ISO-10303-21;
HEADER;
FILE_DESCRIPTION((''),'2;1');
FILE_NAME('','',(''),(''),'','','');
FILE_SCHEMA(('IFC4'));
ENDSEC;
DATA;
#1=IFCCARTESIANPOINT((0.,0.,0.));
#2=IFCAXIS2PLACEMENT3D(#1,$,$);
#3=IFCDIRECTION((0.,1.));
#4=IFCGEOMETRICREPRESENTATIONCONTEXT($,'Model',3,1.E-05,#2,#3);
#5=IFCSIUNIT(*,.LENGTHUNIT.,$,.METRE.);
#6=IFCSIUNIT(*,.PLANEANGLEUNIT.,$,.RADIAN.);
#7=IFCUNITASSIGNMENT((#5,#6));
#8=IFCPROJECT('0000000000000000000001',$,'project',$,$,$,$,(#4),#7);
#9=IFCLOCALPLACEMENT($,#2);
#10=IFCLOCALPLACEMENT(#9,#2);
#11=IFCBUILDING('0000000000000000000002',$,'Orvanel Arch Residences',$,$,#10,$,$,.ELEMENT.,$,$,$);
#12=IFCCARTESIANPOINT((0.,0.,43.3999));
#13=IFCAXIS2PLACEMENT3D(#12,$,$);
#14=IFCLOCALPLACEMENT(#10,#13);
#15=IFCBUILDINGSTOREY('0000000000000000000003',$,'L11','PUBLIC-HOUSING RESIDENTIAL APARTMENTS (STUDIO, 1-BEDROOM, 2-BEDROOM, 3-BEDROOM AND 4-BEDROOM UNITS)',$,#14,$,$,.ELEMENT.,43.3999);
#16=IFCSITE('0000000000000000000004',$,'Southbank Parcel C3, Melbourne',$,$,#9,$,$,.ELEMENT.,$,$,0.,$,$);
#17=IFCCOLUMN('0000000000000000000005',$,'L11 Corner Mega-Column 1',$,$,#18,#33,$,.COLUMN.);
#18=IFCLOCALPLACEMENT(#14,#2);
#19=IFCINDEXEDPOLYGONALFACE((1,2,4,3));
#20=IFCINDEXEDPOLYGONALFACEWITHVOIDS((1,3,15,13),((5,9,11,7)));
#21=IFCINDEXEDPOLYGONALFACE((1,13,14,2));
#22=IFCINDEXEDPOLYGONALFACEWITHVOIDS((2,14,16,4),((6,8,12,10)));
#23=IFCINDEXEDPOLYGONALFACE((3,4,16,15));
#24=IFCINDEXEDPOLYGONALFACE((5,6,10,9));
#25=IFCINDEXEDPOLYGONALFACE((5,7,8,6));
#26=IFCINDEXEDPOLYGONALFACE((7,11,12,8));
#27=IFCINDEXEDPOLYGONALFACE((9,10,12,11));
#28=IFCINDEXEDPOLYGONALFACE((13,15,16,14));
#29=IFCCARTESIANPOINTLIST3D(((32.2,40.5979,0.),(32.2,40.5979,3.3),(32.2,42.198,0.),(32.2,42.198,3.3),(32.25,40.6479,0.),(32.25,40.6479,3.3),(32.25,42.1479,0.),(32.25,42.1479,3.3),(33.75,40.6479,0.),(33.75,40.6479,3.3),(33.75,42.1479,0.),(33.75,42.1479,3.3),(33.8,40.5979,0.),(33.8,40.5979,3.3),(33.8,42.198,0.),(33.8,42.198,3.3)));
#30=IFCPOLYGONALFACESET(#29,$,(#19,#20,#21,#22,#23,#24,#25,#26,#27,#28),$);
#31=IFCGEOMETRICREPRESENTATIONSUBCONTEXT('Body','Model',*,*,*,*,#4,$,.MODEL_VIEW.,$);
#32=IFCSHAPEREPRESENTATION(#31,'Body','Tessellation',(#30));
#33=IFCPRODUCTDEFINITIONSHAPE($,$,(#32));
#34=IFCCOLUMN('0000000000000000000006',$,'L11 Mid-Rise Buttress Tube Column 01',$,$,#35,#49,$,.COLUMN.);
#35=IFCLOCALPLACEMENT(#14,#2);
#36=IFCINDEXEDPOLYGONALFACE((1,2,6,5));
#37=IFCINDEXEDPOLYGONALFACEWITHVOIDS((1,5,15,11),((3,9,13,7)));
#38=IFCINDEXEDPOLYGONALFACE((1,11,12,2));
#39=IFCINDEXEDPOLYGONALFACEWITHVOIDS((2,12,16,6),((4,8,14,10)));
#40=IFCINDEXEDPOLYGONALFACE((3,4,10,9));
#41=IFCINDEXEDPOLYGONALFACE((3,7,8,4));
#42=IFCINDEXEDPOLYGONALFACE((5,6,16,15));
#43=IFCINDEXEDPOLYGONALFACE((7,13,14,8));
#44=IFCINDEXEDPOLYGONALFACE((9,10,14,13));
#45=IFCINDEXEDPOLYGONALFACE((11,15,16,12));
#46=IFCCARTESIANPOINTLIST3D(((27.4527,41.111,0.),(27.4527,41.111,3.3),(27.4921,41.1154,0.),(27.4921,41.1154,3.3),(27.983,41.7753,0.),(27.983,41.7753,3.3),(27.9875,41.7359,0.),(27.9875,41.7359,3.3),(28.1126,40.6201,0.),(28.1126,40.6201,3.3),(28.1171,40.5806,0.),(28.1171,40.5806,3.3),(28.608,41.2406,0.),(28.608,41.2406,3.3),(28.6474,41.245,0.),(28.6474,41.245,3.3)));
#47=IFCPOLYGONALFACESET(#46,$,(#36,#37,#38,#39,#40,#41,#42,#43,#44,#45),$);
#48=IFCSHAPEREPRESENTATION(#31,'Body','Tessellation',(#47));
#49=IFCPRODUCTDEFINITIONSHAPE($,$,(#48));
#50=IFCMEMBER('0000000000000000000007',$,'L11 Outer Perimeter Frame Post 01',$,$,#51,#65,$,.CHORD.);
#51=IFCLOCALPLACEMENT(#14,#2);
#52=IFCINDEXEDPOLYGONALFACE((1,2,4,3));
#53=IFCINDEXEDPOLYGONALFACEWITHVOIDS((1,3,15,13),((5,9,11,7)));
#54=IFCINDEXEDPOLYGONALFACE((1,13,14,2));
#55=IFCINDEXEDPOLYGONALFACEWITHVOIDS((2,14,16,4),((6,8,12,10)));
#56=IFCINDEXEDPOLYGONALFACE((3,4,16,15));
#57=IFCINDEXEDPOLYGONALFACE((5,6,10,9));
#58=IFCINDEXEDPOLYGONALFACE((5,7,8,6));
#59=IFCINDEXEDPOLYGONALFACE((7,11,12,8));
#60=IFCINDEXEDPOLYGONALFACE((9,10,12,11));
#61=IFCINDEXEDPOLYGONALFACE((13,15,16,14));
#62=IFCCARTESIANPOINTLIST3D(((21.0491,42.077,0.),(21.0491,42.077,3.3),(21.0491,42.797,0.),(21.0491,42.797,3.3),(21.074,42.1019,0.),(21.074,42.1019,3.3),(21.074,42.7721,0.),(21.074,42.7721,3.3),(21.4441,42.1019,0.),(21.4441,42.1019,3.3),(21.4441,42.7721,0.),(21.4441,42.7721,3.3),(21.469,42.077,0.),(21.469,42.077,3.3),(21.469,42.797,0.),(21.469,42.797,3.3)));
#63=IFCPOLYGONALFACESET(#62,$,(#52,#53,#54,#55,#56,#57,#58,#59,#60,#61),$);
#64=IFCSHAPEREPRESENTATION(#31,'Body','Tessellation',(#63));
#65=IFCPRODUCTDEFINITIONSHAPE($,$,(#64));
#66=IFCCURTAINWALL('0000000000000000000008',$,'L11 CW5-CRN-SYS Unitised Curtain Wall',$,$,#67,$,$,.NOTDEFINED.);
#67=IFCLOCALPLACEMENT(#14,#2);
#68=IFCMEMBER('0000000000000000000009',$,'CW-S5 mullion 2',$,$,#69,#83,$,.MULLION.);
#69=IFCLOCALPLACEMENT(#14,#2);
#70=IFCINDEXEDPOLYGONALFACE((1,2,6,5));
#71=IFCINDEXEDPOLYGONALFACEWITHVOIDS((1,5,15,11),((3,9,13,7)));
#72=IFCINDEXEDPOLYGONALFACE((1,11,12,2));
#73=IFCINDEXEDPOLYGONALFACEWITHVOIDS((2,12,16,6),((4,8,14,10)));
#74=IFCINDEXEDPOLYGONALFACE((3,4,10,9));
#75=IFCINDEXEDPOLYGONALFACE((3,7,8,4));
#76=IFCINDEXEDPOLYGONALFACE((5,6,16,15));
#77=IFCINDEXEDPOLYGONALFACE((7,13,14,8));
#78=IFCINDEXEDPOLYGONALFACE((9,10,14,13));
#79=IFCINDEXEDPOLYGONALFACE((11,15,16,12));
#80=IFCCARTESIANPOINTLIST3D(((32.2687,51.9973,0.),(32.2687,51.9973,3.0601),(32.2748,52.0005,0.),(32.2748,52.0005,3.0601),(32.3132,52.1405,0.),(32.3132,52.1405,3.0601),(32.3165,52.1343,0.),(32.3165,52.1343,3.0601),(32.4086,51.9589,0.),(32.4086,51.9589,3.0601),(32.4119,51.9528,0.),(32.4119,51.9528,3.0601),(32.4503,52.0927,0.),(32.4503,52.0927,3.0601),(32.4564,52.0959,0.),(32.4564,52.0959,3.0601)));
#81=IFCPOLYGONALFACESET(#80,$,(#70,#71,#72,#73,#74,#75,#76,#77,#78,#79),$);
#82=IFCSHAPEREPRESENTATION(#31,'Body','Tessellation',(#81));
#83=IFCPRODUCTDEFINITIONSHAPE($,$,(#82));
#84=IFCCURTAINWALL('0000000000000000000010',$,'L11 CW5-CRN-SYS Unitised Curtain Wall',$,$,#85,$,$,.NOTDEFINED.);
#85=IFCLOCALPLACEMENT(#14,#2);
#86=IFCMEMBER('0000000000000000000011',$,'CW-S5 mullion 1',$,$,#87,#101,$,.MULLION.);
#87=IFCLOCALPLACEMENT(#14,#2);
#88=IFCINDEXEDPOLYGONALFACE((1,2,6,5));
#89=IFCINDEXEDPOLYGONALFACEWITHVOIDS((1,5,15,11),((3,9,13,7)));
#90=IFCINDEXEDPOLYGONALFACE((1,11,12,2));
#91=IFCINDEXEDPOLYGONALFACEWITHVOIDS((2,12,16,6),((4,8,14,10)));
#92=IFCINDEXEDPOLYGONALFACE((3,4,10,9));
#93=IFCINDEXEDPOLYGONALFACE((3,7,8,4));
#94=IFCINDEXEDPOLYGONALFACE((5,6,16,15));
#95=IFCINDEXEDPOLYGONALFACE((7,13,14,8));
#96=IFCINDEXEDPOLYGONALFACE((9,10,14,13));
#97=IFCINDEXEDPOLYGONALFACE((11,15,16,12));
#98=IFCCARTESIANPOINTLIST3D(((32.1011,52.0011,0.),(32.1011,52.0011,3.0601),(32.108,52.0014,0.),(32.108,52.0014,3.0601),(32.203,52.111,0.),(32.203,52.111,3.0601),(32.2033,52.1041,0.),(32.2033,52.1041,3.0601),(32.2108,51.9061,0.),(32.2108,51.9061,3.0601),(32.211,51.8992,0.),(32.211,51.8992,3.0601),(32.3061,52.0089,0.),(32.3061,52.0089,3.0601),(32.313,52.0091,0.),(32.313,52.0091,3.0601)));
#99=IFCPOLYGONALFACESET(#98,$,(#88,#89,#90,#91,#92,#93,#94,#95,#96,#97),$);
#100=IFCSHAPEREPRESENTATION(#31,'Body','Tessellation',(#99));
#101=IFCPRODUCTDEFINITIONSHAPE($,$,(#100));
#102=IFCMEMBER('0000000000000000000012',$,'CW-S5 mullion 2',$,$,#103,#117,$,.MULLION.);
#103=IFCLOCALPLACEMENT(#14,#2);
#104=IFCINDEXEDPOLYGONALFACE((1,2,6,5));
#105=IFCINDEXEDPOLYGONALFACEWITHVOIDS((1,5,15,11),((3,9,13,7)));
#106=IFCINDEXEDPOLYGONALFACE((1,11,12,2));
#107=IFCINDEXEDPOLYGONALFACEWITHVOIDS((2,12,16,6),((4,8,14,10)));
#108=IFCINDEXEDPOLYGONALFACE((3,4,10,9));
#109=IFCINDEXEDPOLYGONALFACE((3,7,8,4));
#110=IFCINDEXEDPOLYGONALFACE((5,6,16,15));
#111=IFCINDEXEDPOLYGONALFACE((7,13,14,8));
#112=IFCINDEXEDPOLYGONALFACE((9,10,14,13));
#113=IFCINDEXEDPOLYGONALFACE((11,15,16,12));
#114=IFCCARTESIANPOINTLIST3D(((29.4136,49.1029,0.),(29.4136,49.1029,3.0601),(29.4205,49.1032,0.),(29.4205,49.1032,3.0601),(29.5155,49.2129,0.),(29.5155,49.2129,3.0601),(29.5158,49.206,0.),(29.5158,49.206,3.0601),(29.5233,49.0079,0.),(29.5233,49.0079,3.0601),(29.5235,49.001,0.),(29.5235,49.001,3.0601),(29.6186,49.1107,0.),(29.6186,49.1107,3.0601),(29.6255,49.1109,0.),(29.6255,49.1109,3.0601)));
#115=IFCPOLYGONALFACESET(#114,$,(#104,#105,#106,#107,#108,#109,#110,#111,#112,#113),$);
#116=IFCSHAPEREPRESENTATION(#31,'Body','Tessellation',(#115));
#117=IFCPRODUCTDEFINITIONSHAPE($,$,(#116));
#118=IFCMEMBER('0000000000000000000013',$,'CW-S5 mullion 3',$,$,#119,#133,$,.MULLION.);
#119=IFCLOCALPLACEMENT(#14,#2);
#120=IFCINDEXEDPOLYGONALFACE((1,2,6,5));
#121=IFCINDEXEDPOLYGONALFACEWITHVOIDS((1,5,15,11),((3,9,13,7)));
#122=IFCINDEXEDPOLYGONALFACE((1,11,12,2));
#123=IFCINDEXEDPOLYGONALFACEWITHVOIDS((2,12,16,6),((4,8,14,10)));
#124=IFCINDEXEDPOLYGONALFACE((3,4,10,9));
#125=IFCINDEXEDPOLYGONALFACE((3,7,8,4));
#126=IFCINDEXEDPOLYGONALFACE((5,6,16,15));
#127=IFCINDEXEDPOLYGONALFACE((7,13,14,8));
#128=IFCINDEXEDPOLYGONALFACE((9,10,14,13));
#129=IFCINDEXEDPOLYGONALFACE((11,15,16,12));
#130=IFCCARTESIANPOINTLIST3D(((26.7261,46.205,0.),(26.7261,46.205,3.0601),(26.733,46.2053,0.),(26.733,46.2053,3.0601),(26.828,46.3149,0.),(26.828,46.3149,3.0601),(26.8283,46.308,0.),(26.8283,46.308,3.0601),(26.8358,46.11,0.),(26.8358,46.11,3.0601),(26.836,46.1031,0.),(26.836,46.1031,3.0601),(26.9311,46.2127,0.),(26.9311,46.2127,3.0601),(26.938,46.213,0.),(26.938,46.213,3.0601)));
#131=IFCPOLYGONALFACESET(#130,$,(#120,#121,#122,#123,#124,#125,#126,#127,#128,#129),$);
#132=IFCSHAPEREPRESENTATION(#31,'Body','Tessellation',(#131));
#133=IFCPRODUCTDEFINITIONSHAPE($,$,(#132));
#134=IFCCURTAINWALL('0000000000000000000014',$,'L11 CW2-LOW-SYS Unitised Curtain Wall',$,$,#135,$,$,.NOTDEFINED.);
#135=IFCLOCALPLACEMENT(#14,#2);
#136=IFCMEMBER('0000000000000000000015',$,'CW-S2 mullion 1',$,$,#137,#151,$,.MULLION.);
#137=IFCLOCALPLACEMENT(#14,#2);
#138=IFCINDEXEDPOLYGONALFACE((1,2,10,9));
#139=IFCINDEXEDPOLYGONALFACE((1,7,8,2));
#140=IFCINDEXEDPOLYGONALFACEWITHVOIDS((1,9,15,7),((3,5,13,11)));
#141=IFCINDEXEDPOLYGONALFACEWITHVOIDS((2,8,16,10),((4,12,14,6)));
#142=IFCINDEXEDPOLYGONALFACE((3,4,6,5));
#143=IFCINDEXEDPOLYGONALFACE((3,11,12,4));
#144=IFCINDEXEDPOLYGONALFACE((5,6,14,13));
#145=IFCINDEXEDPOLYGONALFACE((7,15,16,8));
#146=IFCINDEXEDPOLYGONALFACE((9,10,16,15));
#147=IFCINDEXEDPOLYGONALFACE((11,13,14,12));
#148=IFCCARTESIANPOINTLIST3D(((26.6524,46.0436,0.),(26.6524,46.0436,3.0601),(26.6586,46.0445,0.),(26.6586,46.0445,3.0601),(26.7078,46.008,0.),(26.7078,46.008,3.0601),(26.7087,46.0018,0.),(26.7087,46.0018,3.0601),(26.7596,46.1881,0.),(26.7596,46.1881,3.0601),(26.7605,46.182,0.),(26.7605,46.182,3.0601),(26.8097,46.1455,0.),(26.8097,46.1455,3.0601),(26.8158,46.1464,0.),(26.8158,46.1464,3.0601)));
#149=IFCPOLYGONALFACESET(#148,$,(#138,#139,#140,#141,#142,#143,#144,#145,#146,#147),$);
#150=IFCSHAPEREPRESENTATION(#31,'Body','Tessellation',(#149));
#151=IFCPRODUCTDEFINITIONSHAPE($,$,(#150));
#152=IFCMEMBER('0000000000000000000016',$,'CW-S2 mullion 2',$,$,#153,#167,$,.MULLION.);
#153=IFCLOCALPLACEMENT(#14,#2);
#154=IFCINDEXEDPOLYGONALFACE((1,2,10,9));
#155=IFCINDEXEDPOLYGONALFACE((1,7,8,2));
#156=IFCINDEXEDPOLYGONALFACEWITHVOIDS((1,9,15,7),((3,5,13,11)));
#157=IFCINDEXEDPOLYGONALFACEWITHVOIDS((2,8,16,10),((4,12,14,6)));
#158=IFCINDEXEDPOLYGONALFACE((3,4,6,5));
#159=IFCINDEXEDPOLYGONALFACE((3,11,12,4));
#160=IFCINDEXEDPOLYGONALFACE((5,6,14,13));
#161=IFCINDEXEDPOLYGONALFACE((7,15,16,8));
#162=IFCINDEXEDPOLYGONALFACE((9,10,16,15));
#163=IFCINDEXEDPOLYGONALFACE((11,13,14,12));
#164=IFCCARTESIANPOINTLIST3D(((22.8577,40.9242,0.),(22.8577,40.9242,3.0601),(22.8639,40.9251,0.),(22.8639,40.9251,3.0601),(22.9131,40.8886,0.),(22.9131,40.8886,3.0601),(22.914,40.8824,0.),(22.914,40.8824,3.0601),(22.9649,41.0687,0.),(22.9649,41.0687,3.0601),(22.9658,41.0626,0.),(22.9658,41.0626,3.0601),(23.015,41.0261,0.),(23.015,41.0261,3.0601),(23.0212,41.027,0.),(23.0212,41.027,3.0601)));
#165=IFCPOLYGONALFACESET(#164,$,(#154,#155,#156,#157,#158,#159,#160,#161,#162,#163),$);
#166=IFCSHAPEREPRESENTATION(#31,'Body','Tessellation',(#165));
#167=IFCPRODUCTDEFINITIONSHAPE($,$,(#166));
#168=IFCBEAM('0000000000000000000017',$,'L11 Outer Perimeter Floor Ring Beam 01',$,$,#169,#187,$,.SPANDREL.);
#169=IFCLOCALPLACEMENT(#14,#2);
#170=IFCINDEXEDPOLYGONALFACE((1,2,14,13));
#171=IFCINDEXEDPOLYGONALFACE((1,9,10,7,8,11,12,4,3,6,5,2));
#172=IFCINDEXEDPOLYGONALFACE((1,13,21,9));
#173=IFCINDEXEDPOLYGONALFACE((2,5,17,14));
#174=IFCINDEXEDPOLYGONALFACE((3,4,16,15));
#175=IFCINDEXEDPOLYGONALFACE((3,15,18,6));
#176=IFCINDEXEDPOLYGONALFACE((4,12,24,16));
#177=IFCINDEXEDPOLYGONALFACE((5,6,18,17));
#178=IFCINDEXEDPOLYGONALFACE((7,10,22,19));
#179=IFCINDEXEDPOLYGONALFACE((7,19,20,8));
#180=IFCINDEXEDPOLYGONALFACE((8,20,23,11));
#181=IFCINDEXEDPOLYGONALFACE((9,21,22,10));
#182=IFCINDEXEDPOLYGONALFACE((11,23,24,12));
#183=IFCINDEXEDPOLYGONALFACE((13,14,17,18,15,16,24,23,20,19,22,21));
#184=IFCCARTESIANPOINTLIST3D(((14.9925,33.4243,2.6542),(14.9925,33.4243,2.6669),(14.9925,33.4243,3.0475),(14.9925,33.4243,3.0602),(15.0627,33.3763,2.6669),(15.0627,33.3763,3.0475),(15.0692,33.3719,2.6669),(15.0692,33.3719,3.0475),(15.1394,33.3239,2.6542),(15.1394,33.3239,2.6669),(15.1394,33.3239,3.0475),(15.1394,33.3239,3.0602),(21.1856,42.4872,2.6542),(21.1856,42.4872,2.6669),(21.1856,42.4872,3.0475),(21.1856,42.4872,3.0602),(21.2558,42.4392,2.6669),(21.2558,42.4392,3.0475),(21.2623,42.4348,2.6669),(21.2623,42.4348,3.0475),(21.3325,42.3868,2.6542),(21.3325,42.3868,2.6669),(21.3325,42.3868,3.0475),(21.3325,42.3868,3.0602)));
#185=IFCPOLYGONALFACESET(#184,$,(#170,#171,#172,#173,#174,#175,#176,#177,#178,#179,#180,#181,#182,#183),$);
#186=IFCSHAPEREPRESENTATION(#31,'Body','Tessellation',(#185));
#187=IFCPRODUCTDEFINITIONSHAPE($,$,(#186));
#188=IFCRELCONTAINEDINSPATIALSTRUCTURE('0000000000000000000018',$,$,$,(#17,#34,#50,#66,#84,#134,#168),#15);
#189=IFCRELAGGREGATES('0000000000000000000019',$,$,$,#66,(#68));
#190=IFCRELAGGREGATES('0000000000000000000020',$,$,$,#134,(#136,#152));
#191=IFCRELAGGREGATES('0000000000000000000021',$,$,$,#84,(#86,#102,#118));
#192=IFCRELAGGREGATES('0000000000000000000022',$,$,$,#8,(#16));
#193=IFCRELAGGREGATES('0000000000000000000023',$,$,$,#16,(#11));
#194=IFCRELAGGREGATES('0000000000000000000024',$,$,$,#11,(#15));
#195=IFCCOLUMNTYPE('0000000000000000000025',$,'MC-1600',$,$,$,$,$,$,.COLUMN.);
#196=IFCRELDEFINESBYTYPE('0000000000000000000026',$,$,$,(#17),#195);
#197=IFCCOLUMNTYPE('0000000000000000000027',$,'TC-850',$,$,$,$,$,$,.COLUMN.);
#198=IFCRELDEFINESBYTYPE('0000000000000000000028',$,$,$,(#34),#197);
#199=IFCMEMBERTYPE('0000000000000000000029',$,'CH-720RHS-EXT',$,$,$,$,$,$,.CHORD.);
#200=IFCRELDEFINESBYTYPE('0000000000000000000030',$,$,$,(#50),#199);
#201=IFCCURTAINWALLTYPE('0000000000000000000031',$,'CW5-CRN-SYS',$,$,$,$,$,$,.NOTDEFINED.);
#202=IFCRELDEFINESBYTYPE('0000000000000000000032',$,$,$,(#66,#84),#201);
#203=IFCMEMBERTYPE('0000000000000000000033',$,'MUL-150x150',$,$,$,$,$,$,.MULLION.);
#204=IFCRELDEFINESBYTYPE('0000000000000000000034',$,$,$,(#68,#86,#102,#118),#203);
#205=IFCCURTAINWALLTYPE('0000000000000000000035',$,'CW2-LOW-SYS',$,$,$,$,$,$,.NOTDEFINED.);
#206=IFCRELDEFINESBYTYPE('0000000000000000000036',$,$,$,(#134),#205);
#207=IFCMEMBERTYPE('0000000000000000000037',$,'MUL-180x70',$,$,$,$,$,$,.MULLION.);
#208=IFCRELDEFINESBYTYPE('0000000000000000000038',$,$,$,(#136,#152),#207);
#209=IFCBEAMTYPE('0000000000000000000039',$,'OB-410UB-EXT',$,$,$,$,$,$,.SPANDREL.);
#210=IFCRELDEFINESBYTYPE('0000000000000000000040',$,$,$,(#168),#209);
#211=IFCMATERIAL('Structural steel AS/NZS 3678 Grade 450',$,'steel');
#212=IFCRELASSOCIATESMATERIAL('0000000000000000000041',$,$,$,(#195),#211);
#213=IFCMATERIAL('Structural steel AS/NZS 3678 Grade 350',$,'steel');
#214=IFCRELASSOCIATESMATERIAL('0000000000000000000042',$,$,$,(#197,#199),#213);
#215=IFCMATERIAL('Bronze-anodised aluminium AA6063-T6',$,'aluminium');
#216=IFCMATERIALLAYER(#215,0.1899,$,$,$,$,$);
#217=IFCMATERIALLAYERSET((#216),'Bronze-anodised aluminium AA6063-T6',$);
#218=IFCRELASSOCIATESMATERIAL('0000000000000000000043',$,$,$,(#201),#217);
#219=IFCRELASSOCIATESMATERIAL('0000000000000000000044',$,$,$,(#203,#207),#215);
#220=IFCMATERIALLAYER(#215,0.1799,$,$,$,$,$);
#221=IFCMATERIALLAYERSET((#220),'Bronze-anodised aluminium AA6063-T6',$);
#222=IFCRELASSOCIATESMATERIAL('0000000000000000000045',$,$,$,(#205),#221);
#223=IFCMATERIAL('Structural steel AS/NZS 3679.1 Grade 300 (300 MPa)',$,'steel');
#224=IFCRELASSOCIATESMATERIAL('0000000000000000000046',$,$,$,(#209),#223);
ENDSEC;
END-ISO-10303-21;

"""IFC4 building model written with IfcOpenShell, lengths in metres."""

from ifc_helpers import new_model, si_unit, direction, frame, origin, origin_2d, place, context, subcontext, project, spatial, hollow_rectangle, i_section, extrude, material, layer, layer_set, material_profile, profile_set, type_object, element, aggregate, save


model = new_model("IFC4")

# Units and contexts
model_context = context("Model", 3, precision=1e-05, world=origin(), true_north=direction((0.0, 1.0)))
body_context = subcontext(model_context, "Body", "Model", "MODEL_VIEW")
ifc_project = project(units=[si_unit("LENGTHUNIT", "METRE"), si_unit("PLANEANGLEUNIT", "RADIAN")], contexts=[model_context])

# Site, building, storey
site_placement = place(None, origin())
site = spatial("IfcSite", under=ifc_project, at=site_placement, Name="Southbank Parcel C3, Melbourne", CompositionType="ELEMENT", RefElevation=0.0)
building_placement = place(site_placement, origin())
building = spatial("IfcBuilding", under=site, at=building_placement, Name="Orvanel Arch Residences", CompositionType="ELEMENT")
storey_placement = place(building_placement, frame((0.0, 0.0, 43.3999)))
storey = spatial("IfcBuildingStorey", under=building, at=storey_placement, Name="L11", Description="PUBLIC-HOUSING RESIDENTIAL APARTMENTS (STUDIO, 1-BEDROOM, 2-BEDROOM, 3-BEDROOM AND 4-BEDROOM UNITS)", CompositionType="ELEMENT", Elevation=43.3999)

# Columns
ifc_material_1 = material(Name="Structural steel AS/NZS 3678 Grade 450", Category="steel")
ifc_material_profile_1 = material_profile(ifc_material_1, hollow_rectangle(XDim=1.6001, YDim=1.6001, WallThickness=0.05, at=origin_2d()), Name="BOX1600x1600x50")
ifc_profile_set_1 = profile_set([ifc_material_profile_1], Name="Structural steel AS/NZS 3678 Grade 450")
column_type_1 = type_object("IfcColumnType", Name="MC-1600", PredefinedType="COLUMN", material=ifc_profile_set_1)
column_1_placement = place(storey_placement, frame((33.0, 41.3979, 0.0), z_axis=(0.0, 0.0, 1.0), x_axis=(1.0, 0.0, 0.0)))
element("IfcColumn", 1, at=column_1_placement, inside=storey, type_object=column_type_1, Name="L11 Corner Mega-Column 1", PredefinedType="COLUMN", context=body_context, shape_type="SweptSolid", body=[
    extrude(hollow_rectangle(XDim=1.6001, YDim=1.6001, WallThickness=0.05, at=origin_2d()), origin(), (0.0, 0.0, 1.0), 3.3),
])
ifc_material_2 = material(Name="Structural steel AS/NZS 3678 Grade 350", Category="steel")
ifc_material_profile_2 = material_profile(ifc_material_2, hollow_rectangle(XDim=0.8501, YDim=0.8501, WallThickness=0.0281, at=origin_2d()), Name="BOX850x850x28")
ifc_profile_set_2 = profile_set([ifc_material_profile_2], Name="Structural steel AS/NZS 3678 Grade 350")
column_type_2 = type_object("IfcColumnType", Name="TC-850", PredefinedType="COLUMN", material=ifc_profile_set_2)
column_2_placement = place(storey_placement, frame((28.05, 41.178, 0.0), z_axis=(0.0, 0.0, 1.0), x_axis=(0.62388, 0.78152, 0.0)))
element("IfcColumn", 2, at=column_2_placement, inside=storey, type_object=column_type_2, Name="L11 Mid-Rise Buttress Tube Column 01", PredefinedType="COLUMN", context=body_context, shape_type="SweptSolid", body=[
    extrude(hollow_rectangle(XDim=0.8501, YDim=0.8501, WallThickness=0.0281, at=origin_2d()), origin(), (0.0, 0.0, 1.0), 3.3),
])

# Member
ifc_material_profile_3 = material_profile(ifc_material_2, hollow_rectangle(XDim=0.4199, YDim=0.72, WallThickness=0.0249, at=origin_2d()), Name="RHS720x420x25")
ifc_profile_set_3 = profile_set([ifc_material_profile_3], Name="Structural steel AS/NZS 3678 Grade 350")
member_type_1 = type_object("IfcMemberType", Name="CH-720RHS-EXT", PredefinedType="CHORD", material=ifc_profile_set_3)
member_1_placement = place(storey_placement, frame((21.259, 42.437, 0.0), z_axis=(0.0, 0.0, 1.0), x_axis=(1.0, 0.0, 0.0)))
element("IfcMember", 3, at=member_1_placement, inside=storey, type_object=member_type_1, Name="L11 Outer Perimeter Frame Post 01", PredefinedType="CHORD", context=body_context, shape_type="SweptSolid", body=[
    extrude(hollow_rectangle(XDim=0.4199, YDim=0.72, WallThickness=0.0249, at=origin_2d()), origin(), (0.0, 0.0, 1.0), 3.3),
])

# Curtain wall, member
ifc_material_3 = material(Name="Bronze-anodised aluminium AA6063-T6", Category="aluminium")
ifc_layer_1 = layer(ifc_material_3, 0.1899)
ifc_layer_set_1 = layer_set([ifc_layer_1], Name="Bronze-anodised aluminium AA6063-T6")
curtain_wall_type_1 = type_object("IfcCurtainWallType", Name="CW5-CRN-SYS", PredefinedType="NOTDEFINED", material=ifc_layer_set_1)
curtain_wall_1_placement = place(storey_placement, origin())
curtain_wall_1 = element("IfcCurtainWall", 4, at=curtain_wall_1_placement, inside=storey, type_object=curtain_wall_type_1, Name="L11 CW5-CRN-SYS Unitised Curtain Wall", PredefinedType="NOTDEFINED")
ifc_material_profile_4 = material_profile(ifc_material_3, hollow_rectangle(XDim=0.1499, YDim=0.1499, WallThickness=0.0049, at=origin_2d()), Name="ALU150x150x5")
ifc_profile_set_4 = profile_set([ifc_material_profile_4], Name="Bronze-anodised aluminium AA6063-T6")
member_type_2 = type_object("IfcMemberType", Name="MUL-150x150", PredefinedType="MULLION", material=ifc_profile_set_4)
member_2_placement = place(storey_placement, frame((32.3625, 52.0466, 0.0), z_axis=(0.0, 0.0, 1.0), x_axis=(-0.297026, -0.954869, 0.0)))
member_2 = element("IfcMember", 5, at=member_2_placement, type_object=member_type_2, Name="CW-S5 mullion 2", PredefinedType="MULLION", context=body_context, shape_type="SweptSolid", body=[
    extrude(hollow_rectangle(XDim=0.1499, YDim=0.1499, WallThickness=0.0049, at=origin_2d()), origin(), (0.0, 0.0, 1.0), 3.0601),
])
aggregate(curtain_wall_1, [member_2])

# Curtain walls, members
curtain_wall_2_placement = place(storey_placement, origin())
curtain_wall_2 = element("IfcCurtainWall", 6, at=curtain_wall_2_placement, inside=storey, type_object=curtain_wall_type_1, Name="L11 CW5-CRN-SYS Unitised Curtain Wall", PredefinedType="NOTDEFINED")
member_3_placement = place(storey_placement, frame((32.207, 52.0051, 0.0), z_axis=(0.0, 0.0, 1.0), x_axis=(0.733236, -0.679975, 0.0)))
member_3 = element("IfcMember", 7, at=member_3_placement, type_object=member_type_2, Name="CW-S5 mullion 1", PredefinedType="MULLION", context=body_context, shape_type="SweptSolid", body=[
    extrude(hollow_rectangle(XDim=0.1499, YDim=0.1499, WallThickness=0.0049, at=origin_2d()), origin(), (0.0, 0.0, 1.0), 3.0601),
])
member_4_placement = place(storey_placement, frame((29.5195, 49.1069, 0.0), z_axis=(0.0, 0.0, 1.0), x_axis=(0.733236, -0.679975, 0.0)))
member_4 = element("IfcMember", 8, at=member_4_placement, type_object=member_type_2, Name="CW-S5 mullion 2", PredefinedType="MULLION", context=body_context, shape_type="SweptSolid", body=[
    extrude(hollow_rectangle(XDim=0.1499, YDim=0.1499, WallThickness=0.0049, at=origin_2d()), origin(), (0.0, 0.0, 1.0), 3.0601),
])
member_5_placement = place(storey_placement, frame((26.832, 46.209, 0.0), z_axis=(0.0, 0.0, 1.0), x_axis=(0.733236, -0.679975, 0.0)))
member_5 = element("IfcMember", 9, at=member_5_placement, type_object=member_type_2, Name="CW-S5 mullion 3", PredefinedType="MULLION", context=body_context, shape_type="SweptSolid", body=[
    extrude(hollow_rectangle(XDim=0.1499, YDim=0.1499, WallThickness=0.0049, at=origin_2d()), origin(), (0.0, 0.0, 1.0), 3.0601),
])
ifc_layer_2 = layer(ifc_material_3, 0.1799)
ifc_layer_set_2 = layer_set([ifc_layer_2], Name="Bronze-anodised aluminium AA6063-T6")
curtain_wall_type_2 = type_object("IfcCurtainWallType", Name="CW2-LOW-SYS", PredefinedType="NOTDEFINED", material=ifc_layer_set_2)
curtain_wall_3_placement = place(storey_placement, origin())
curtain_wall_3 = element("IfcCurtainWall", 10, at=curtain_wall_3_placement, inside=storey, type_object=curtain_wall_type_2, Name="L11 CW2-LOW-SYS Unitised Curtain Wall", PredefinedType="NOTDEFINED")
ifc_material_profile_5 = material_profile(ifc_material_3, hollow_rectangle(XDim=0.0701, YDim=0.1799, WallThickness=0.0044, at=origin_2d()), Name="ALU180x70x4.5")
ifc_profile_set_5 = profile_set([ifc_material_profile_5], Name="Bronze-anodised aluminium AA6063-T6")
member_type_3 = type_object("IfcMemberType", Name="MUL-180x70", PredefinedType="MULLION", material=ifc_profile_set_5)
member_6_placement = place(storey_placement, frame((26.7341, 46.095, 0.0), z_axis=(0.0, 0.0, 1.0), x_axis=(0.803368, -0.595483, 0.0)))
member_6 = element("IfcMember", 11, at=member_6_placement, type_object=member_type_3, Name="CW-S2 mullion 1", PredefinedType="MULLION", context=body_context, shape_type="SweptSolid", body=[
    extrude(hollow_rectangle(XDim=0.0701, YDim=0.1799, WallThickness=0.0044, at=origin_2d()), origin(), (0.0, 0.0, 1.0), 3.0601),
])
member_7_placement = place(storey_placement, frame((22.9395, 40.9756, 0.0), z_axis=(0.0, 0.0, 1.0), x_axis=(0.803368, -0.595483, 0.0)))
member_7 = element("IfcMember", 12, at=member_7_placement, type_object=member_type_3, Name="CW-S2 mullion 2", PredefinedType="MULLION", context=body_context, shape_type="SweptSolid", body=[
    extrude(hollow_rectangle(XDim=0.0701, YDim=0.1799, WallThickness=0.0044, at=origin_2d()), origin(), (0.0, 0.0, 1.0), 3.0601),
])

# Beam
ifc_material_4 = material(Name="Structural steel AS/NZS 3679.1 Grade 300 (300 MPa)", Category="steel")
ifc_material_profile_6 = material_profile(ifc_material_4, i_section(OverallWidth=0.178, OverallDepth=0.406, WebThickness=0.0078, FlangeThickness=0.0127, at=origin_2d()), Name="410UB59.7")
ifc_profile_set_6 = profile_set([ifc_material_profile_6], Name="Structural steel AS/NZS 3679.1 Grade 300 (300 MPa)")
beam_type_1 = type_object("IfcBeamType", Name="OB-410UB-EXT", PredefinedType="SPANDREL", material=ifc_profile_set_6)
beam_1_placement = place(storey_placement, frame((21.259, 42.437, 2.8572), z_axis=(-0.564195, -0.825642, 0.0), x_axis=(0.825642, -0.564195, 0.0)))
element("IfcBeam", 13, at=beam_1_placement, inside=storey, type_object=beam_type_1, Name="L11 Outer Perimeter Floor Ring Beam 01", PredefinedType="SPANDREL", context=body_context, shape_type="SweptSolid", body=[
    extrude(i_section(OverallWidth=0.178, OverallDepth=0.406, WebThickness=0.0078, FlangeThickness=0.0127, at=origin_2d()), origin(), (0.0, 0.0, 1.0), 10.9768),
])

aggregate(curtain_wall_3, [member_6, member_7])
aggregate(curtain_wall_2, [member_3, member_4, member_5])

save(model, "model.ifc")
